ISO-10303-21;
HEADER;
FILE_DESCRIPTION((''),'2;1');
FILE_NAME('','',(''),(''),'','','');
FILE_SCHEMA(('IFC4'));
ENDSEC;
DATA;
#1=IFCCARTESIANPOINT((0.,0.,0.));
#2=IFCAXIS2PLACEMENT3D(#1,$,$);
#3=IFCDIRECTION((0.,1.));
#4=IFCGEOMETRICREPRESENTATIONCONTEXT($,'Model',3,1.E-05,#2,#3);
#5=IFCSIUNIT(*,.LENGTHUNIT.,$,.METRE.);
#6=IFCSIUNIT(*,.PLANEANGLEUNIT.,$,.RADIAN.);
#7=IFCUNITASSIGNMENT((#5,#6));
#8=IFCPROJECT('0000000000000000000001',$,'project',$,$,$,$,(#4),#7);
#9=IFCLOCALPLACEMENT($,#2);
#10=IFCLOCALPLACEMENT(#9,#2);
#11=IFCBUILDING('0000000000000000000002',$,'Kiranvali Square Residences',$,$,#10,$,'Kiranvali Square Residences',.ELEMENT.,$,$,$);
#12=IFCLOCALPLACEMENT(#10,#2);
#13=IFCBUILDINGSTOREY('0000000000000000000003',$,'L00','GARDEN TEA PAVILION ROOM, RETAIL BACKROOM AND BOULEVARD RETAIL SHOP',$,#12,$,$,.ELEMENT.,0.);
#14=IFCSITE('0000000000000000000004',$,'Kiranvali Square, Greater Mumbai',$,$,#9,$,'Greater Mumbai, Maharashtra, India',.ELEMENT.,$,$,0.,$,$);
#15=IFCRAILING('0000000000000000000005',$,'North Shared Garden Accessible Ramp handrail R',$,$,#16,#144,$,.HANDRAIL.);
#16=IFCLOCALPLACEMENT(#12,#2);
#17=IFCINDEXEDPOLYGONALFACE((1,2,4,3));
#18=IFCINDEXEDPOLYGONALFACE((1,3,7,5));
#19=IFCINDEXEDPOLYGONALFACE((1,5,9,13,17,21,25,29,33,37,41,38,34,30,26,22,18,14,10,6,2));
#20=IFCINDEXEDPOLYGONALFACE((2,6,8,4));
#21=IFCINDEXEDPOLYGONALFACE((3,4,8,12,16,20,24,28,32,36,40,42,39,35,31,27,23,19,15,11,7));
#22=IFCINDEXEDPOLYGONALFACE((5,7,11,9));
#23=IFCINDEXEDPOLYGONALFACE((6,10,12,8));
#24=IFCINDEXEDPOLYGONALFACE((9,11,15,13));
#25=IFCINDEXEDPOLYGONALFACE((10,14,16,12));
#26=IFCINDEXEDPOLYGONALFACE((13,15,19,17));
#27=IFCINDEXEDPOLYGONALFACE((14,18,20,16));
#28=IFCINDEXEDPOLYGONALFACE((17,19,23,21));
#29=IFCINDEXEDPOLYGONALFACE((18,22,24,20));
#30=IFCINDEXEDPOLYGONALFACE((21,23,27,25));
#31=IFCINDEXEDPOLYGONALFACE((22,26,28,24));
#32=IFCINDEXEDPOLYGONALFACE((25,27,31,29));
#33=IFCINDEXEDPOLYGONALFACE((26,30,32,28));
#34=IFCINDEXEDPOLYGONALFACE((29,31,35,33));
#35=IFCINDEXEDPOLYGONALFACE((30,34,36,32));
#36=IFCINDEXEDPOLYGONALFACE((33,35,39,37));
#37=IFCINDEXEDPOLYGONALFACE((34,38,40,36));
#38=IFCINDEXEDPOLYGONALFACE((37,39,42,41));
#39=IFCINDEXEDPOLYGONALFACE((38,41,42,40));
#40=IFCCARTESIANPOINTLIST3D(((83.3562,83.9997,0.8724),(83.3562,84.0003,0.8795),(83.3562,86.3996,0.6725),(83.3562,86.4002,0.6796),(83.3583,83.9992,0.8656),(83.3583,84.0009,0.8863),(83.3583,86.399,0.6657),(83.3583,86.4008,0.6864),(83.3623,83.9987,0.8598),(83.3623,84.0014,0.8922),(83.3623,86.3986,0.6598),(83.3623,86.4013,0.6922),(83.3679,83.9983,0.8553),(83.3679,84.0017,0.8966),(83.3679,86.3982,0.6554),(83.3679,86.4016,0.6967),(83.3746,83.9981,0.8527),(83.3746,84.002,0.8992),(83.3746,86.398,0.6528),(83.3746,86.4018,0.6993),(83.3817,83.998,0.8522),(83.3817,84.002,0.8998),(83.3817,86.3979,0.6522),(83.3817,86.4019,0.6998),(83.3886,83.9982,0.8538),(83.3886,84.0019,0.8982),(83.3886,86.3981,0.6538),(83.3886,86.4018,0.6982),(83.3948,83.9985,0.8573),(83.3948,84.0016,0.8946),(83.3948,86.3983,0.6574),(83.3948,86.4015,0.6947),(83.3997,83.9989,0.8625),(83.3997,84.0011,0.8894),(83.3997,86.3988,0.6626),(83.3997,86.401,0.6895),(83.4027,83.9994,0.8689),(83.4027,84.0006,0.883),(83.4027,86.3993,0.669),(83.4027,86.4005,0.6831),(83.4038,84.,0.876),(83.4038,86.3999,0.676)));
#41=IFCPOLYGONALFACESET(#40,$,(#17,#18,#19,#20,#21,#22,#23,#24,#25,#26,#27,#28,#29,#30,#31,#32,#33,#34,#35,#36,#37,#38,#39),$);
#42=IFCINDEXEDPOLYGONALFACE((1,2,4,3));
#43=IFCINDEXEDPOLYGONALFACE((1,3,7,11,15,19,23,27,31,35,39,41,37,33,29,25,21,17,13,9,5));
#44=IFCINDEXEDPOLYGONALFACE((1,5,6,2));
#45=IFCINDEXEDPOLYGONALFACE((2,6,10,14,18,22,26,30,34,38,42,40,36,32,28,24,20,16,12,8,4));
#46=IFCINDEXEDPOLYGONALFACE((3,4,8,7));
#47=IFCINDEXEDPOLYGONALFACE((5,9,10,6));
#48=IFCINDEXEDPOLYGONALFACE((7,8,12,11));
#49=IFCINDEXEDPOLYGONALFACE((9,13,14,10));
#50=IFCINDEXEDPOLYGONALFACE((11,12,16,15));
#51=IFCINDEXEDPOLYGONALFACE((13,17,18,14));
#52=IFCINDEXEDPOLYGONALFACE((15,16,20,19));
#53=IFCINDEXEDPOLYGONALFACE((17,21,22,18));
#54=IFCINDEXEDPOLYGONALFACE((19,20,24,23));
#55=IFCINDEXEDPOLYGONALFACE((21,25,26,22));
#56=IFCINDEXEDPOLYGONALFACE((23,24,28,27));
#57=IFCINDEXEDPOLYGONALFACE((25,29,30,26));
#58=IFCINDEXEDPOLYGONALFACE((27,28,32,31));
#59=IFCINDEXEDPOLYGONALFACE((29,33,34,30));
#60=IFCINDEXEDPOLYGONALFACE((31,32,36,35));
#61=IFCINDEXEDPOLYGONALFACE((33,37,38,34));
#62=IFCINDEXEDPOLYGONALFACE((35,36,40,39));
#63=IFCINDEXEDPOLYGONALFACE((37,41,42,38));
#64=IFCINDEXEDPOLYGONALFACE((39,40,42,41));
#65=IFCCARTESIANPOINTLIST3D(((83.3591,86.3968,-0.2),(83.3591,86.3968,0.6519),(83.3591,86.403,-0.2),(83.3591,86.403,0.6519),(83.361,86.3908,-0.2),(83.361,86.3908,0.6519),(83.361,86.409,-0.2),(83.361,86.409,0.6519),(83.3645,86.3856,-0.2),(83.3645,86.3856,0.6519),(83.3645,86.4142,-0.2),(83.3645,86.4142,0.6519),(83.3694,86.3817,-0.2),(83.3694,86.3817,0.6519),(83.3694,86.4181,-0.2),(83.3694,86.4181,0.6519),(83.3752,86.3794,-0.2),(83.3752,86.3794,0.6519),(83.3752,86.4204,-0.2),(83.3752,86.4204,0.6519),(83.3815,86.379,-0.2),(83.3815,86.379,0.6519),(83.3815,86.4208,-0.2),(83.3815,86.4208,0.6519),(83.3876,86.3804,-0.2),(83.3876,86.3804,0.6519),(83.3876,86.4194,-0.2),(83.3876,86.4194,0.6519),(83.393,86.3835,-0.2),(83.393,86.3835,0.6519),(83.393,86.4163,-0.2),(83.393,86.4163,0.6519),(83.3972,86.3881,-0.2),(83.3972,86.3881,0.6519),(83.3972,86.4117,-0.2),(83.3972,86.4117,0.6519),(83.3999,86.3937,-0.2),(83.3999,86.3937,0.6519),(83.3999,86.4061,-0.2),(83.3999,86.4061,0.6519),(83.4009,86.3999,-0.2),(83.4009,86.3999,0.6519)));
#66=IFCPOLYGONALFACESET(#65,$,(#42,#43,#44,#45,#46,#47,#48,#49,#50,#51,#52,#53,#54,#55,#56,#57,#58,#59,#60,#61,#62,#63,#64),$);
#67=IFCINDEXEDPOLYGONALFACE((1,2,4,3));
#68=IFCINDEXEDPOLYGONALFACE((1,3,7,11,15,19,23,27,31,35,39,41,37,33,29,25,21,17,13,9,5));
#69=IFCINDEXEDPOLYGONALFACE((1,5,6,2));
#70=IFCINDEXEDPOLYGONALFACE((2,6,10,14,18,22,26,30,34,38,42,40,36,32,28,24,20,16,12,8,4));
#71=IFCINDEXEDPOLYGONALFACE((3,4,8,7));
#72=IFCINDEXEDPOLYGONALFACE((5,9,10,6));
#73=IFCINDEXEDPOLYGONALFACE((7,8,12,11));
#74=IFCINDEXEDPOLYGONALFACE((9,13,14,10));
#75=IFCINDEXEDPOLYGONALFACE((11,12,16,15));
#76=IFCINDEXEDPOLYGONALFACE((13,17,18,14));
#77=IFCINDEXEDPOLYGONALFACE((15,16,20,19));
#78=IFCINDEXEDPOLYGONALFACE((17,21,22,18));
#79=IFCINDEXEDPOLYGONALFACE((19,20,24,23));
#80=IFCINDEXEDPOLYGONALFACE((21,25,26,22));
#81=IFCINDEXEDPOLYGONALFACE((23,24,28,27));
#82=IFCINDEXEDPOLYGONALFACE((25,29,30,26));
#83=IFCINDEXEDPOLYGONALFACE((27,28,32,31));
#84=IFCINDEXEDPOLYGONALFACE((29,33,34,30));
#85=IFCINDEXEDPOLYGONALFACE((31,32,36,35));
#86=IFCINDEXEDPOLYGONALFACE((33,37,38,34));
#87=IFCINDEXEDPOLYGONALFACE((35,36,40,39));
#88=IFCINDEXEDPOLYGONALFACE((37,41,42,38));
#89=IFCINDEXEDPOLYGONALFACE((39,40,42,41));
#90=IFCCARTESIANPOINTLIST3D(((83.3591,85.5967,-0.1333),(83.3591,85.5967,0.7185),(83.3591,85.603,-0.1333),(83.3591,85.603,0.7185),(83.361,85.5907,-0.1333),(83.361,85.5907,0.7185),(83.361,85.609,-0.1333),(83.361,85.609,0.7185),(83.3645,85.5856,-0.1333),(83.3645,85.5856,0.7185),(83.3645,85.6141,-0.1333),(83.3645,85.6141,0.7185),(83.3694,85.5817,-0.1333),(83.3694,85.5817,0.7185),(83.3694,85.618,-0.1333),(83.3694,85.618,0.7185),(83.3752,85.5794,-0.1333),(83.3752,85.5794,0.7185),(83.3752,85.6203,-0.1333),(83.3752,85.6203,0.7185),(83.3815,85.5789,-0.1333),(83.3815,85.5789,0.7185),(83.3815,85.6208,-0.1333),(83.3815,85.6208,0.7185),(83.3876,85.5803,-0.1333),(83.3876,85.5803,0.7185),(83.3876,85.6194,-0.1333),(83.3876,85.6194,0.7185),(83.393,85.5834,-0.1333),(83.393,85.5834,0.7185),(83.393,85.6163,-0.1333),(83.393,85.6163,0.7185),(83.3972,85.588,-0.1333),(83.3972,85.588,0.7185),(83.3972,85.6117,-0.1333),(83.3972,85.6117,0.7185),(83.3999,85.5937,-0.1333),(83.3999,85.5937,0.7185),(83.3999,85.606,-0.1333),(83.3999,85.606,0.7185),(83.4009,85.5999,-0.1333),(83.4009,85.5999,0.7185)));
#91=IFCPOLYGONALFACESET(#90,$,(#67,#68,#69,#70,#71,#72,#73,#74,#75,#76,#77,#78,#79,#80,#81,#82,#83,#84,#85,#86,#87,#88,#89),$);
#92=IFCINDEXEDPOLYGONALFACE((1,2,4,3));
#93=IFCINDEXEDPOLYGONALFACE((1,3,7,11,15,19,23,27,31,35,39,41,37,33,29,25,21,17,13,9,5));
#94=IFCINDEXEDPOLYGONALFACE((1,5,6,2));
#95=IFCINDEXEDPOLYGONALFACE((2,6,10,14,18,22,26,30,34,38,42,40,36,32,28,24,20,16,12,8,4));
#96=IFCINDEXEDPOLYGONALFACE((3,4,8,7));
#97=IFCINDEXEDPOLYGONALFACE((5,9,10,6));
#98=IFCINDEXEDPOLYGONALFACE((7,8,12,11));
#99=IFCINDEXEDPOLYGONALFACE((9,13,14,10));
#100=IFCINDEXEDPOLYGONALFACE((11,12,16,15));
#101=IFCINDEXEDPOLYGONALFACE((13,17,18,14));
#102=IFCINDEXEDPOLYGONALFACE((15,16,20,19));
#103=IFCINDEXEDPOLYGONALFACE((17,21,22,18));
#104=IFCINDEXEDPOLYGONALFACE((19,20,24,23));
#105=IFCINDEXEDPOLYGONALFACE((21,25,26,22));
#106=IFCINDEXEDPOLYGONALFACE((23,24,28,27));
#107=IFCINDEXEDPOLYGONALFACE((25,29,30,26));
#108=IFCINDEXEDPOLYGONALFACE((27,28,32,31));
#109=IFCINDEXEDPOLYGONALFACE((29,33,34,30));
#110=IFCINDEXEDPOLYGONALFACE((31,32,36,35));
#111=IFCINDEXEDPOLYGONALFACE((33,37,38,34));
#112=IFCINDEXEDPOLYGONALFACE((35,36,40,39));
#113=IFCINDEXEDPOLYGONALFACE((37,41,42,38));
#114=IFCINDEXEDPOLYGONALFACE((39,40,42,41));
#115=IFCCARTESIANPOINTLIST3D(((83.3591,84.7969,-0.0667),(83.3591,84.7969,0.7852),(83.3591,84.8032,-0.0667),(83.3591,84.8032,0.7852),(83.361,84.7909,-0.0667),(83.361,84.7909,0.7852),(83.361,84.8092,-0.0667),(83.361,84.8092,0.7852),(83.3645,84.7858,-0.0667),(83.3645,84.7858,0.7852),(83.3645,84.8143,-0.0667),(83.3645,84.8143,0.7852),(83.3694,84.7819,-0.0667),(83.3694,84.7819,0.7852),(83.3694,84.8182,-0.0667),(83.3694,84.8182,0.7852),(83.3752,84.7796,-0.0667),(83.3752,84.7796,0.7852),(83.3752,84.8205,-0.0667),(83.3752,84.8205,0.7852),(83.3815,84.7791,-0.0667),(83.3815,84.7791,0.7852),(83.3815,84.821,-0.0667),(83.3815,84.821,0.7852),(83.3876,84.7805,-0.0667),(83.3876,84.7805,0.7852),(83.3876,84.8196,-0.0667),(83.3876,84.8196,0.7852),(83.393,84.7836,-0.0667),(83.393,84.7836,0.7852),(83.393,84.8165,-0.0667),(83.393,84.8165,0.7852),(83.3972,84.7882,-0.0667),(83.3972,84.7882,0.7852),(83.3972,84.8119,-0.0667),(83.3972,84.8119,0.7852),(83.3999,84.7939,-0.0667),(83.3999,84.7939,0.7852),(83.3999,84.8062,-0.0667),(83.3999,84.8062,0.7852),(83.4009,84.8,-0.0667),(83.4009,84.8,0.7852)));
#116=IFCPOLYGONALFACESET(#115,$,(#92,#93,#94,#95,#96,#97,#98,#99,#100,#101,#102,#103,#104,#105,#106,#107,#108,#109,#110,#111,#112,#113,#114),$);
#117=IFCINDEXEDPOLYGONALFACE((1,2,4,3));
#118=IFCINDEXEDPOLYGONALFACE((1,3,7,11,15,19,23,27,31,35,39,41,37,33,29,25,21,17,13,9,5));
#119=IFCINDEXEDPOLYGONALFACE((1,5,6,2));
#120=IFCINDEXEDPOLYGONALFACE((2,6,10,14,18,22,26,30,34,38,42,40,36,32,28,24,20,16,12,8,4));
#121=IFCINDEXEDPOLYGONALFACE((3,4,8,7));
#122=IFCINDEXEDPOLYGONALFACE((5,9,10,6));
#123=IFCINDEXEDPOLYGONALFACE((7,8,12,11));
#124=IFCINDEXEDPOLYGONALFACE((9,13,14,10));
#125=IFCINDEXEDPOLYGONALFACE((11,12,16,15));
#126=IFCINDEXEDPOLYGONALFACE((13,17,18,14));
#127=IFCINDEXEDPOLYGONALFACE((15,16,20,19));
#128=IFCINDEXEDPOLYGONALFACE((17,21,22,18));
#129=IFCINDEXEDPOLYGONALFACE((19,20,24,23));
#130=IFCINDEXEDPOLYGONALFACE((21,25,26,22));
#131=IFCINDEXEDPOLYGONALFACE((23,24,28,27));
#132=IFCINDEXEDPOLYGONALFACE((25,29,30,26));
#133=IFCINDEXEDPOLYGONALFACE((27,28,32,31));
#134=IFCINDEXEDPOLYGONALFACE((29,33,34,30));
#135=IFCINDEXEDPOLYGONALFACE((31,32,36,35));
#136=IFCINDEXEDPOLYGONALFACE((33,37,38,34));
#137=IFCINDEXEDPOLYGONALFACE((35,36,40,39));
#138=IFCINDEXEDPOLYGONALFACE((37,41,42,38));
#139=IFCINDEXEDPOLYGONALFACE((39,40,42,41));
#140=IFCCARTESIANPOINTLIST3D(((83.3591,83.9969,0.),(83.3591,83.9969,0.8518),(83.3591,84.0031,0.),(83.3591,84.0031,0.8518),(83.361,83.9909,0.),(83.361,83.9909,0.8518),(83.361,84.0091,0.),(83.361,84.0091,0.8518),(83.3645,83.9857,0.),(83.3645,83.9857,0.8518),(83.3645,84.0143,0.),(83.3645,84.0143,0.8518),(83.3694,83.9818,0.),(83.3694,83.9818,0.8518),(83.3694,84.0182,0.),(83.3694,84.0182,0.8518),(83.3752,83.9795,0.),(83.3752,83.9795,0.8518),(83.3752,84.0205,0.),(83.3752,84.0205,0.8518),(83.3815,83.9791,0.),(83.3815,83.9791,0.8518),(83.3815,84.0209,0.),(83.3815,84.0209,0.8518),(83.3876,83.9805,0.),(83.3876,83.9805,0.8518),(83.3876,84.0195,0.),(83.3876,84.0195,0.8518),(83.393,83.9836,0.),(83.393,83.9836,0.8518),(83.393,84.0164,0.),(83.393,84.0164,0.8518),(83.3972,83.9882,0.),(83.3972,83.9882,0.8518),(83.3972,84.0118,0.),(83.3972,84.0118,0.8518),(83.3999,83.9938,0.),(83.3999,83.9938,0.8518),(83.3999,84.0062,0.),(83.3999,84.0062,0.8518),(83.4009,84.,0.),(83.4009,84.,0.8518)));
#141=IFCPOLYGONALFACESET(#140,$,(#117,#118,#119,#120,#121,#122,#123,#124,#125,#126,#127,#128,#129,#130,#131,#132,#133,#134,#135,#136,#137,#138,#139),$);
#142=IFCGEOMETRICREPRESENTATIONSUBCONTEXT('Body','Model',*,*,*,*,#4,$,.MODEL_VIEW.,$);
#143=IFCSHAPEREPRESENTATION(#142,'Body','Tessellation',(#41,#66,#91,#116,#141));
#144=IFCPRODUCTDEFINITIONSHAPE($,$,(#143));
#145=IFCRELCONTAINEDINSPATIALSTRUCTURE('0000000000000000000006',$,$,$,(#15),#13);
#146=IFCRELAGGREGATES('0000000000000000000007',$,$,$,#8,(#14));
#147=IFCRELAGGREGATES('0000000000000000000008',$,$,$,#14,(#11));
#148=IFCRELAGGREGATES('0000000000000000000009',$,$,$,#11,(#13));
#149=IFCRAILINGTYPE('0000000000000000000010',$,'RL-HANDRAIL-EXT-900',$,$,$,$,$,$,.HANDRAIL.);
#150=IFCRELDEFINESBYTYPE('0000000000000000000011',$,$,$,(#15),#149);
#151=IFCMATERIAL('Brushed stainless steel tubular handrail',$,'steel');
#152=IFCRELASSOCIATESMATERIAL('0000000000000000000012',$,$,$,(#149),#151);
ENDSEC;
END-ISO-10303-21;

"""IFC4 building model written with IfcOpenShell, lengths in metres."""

from ifc_helpers import new_model, si_unit, direction, frame, origin, origin_2d, place, context, subcontext, project, spatial, circle, extrude, material, type_object, element, save


model = new_model("IFC4")

# Units and contexts
model_context = context("Model", 3, precision=1e-05, world=origin(), true_north=direction((0.0, 1.0)))
body_context = subcontext(model_context, "Body", "Model", "MODEL_VIEW")
ifc_project = project(units=[si_unit("LENGTHUNIT", "METRE"), si_unit("PLANEANGLEUNIT", "RADIAN")], contexts=[model_context])

# Site, building, storey
site_placement = place(None, origin())
site = spatial("IfcSite", under=ifc_project, at=site_placement, Name="Kiranvali Square, Greater Mumbai", LongName="Greater Mumbai, Maharashtra, India", CompositionType="ELEMENT", RefElevation=0.0)
building_placement = place(site_placement, origin())
building = spatial("IfcBuilding", under=site, at=building_placement, Name="Kiranvali Square Residences", LongName="Kiranvali Square Residences", CompositionType="ELEMENT")
storey_placement = place(building_placement, origin())
storey = spatial("IfcBuildingStorey", under=building, at=storey_placement, Name="L00", Description="GARDEN TEA PAVILION ROOM, RETAIL BACKROOM AND BOULEVARD RETAIL SHOP", CompositionType="ELEMENT", Elevation=0.0)

# Railing
ifc_material_1 = material(Name="Brushed stainless steel tubular handrail", Category="steel")
railing_type = type_object("IfcRailingType", Name="RL-HANDRAIL-EXT-900", PredefinedType="HANDRAIL", material=ifc_material_1)
for number, where, name in (
    (1, (83.3799, 86.3999, -0.2), "North Shared Garden Accessible Ramp handrail R"),
):
    element("IfcRailing", number, at=place(storey_placement, frame(where)), inside=storey, type_object=railing_type, Name=name, PredefinedType="HANDRAIL", context=body_context, shape_type="SweptSolid", body=[
        extrude(circle(Radius=0.0239, at=origin_2d()), frame((0.0, 0.0, 0.876), z_axis=(0.0, -0.996547, 0.083029), x_axis=(1.0, 0.0, 0.0)), (0.0, 0.0, 1.0), 2.4082),
        extrude(circle(Radius=0.021, at=origin_2d()), origin(), (0.0, 0.0, 1.0), 0.8518),
        extrude(circle(Radius=0.021, at=origin_2d()), frame((0.0, -0.8, 0.0667)), (0.0, 0.0, 1.0), 0.8518),
        extrude(circle(Radius=0.021, at=origin_2d()), frame((0.0, -1.5999, 0.1333)), (0.0, 0.0, 1.0), 0.8518),
        extrude(circle(Radius=0.021, at=origin_2d()), frame((0.0, -2.3999, 0.2)), (0.0, 0.0, 1.0), 0.8518),
    ])

save(model, "model.ifc")
